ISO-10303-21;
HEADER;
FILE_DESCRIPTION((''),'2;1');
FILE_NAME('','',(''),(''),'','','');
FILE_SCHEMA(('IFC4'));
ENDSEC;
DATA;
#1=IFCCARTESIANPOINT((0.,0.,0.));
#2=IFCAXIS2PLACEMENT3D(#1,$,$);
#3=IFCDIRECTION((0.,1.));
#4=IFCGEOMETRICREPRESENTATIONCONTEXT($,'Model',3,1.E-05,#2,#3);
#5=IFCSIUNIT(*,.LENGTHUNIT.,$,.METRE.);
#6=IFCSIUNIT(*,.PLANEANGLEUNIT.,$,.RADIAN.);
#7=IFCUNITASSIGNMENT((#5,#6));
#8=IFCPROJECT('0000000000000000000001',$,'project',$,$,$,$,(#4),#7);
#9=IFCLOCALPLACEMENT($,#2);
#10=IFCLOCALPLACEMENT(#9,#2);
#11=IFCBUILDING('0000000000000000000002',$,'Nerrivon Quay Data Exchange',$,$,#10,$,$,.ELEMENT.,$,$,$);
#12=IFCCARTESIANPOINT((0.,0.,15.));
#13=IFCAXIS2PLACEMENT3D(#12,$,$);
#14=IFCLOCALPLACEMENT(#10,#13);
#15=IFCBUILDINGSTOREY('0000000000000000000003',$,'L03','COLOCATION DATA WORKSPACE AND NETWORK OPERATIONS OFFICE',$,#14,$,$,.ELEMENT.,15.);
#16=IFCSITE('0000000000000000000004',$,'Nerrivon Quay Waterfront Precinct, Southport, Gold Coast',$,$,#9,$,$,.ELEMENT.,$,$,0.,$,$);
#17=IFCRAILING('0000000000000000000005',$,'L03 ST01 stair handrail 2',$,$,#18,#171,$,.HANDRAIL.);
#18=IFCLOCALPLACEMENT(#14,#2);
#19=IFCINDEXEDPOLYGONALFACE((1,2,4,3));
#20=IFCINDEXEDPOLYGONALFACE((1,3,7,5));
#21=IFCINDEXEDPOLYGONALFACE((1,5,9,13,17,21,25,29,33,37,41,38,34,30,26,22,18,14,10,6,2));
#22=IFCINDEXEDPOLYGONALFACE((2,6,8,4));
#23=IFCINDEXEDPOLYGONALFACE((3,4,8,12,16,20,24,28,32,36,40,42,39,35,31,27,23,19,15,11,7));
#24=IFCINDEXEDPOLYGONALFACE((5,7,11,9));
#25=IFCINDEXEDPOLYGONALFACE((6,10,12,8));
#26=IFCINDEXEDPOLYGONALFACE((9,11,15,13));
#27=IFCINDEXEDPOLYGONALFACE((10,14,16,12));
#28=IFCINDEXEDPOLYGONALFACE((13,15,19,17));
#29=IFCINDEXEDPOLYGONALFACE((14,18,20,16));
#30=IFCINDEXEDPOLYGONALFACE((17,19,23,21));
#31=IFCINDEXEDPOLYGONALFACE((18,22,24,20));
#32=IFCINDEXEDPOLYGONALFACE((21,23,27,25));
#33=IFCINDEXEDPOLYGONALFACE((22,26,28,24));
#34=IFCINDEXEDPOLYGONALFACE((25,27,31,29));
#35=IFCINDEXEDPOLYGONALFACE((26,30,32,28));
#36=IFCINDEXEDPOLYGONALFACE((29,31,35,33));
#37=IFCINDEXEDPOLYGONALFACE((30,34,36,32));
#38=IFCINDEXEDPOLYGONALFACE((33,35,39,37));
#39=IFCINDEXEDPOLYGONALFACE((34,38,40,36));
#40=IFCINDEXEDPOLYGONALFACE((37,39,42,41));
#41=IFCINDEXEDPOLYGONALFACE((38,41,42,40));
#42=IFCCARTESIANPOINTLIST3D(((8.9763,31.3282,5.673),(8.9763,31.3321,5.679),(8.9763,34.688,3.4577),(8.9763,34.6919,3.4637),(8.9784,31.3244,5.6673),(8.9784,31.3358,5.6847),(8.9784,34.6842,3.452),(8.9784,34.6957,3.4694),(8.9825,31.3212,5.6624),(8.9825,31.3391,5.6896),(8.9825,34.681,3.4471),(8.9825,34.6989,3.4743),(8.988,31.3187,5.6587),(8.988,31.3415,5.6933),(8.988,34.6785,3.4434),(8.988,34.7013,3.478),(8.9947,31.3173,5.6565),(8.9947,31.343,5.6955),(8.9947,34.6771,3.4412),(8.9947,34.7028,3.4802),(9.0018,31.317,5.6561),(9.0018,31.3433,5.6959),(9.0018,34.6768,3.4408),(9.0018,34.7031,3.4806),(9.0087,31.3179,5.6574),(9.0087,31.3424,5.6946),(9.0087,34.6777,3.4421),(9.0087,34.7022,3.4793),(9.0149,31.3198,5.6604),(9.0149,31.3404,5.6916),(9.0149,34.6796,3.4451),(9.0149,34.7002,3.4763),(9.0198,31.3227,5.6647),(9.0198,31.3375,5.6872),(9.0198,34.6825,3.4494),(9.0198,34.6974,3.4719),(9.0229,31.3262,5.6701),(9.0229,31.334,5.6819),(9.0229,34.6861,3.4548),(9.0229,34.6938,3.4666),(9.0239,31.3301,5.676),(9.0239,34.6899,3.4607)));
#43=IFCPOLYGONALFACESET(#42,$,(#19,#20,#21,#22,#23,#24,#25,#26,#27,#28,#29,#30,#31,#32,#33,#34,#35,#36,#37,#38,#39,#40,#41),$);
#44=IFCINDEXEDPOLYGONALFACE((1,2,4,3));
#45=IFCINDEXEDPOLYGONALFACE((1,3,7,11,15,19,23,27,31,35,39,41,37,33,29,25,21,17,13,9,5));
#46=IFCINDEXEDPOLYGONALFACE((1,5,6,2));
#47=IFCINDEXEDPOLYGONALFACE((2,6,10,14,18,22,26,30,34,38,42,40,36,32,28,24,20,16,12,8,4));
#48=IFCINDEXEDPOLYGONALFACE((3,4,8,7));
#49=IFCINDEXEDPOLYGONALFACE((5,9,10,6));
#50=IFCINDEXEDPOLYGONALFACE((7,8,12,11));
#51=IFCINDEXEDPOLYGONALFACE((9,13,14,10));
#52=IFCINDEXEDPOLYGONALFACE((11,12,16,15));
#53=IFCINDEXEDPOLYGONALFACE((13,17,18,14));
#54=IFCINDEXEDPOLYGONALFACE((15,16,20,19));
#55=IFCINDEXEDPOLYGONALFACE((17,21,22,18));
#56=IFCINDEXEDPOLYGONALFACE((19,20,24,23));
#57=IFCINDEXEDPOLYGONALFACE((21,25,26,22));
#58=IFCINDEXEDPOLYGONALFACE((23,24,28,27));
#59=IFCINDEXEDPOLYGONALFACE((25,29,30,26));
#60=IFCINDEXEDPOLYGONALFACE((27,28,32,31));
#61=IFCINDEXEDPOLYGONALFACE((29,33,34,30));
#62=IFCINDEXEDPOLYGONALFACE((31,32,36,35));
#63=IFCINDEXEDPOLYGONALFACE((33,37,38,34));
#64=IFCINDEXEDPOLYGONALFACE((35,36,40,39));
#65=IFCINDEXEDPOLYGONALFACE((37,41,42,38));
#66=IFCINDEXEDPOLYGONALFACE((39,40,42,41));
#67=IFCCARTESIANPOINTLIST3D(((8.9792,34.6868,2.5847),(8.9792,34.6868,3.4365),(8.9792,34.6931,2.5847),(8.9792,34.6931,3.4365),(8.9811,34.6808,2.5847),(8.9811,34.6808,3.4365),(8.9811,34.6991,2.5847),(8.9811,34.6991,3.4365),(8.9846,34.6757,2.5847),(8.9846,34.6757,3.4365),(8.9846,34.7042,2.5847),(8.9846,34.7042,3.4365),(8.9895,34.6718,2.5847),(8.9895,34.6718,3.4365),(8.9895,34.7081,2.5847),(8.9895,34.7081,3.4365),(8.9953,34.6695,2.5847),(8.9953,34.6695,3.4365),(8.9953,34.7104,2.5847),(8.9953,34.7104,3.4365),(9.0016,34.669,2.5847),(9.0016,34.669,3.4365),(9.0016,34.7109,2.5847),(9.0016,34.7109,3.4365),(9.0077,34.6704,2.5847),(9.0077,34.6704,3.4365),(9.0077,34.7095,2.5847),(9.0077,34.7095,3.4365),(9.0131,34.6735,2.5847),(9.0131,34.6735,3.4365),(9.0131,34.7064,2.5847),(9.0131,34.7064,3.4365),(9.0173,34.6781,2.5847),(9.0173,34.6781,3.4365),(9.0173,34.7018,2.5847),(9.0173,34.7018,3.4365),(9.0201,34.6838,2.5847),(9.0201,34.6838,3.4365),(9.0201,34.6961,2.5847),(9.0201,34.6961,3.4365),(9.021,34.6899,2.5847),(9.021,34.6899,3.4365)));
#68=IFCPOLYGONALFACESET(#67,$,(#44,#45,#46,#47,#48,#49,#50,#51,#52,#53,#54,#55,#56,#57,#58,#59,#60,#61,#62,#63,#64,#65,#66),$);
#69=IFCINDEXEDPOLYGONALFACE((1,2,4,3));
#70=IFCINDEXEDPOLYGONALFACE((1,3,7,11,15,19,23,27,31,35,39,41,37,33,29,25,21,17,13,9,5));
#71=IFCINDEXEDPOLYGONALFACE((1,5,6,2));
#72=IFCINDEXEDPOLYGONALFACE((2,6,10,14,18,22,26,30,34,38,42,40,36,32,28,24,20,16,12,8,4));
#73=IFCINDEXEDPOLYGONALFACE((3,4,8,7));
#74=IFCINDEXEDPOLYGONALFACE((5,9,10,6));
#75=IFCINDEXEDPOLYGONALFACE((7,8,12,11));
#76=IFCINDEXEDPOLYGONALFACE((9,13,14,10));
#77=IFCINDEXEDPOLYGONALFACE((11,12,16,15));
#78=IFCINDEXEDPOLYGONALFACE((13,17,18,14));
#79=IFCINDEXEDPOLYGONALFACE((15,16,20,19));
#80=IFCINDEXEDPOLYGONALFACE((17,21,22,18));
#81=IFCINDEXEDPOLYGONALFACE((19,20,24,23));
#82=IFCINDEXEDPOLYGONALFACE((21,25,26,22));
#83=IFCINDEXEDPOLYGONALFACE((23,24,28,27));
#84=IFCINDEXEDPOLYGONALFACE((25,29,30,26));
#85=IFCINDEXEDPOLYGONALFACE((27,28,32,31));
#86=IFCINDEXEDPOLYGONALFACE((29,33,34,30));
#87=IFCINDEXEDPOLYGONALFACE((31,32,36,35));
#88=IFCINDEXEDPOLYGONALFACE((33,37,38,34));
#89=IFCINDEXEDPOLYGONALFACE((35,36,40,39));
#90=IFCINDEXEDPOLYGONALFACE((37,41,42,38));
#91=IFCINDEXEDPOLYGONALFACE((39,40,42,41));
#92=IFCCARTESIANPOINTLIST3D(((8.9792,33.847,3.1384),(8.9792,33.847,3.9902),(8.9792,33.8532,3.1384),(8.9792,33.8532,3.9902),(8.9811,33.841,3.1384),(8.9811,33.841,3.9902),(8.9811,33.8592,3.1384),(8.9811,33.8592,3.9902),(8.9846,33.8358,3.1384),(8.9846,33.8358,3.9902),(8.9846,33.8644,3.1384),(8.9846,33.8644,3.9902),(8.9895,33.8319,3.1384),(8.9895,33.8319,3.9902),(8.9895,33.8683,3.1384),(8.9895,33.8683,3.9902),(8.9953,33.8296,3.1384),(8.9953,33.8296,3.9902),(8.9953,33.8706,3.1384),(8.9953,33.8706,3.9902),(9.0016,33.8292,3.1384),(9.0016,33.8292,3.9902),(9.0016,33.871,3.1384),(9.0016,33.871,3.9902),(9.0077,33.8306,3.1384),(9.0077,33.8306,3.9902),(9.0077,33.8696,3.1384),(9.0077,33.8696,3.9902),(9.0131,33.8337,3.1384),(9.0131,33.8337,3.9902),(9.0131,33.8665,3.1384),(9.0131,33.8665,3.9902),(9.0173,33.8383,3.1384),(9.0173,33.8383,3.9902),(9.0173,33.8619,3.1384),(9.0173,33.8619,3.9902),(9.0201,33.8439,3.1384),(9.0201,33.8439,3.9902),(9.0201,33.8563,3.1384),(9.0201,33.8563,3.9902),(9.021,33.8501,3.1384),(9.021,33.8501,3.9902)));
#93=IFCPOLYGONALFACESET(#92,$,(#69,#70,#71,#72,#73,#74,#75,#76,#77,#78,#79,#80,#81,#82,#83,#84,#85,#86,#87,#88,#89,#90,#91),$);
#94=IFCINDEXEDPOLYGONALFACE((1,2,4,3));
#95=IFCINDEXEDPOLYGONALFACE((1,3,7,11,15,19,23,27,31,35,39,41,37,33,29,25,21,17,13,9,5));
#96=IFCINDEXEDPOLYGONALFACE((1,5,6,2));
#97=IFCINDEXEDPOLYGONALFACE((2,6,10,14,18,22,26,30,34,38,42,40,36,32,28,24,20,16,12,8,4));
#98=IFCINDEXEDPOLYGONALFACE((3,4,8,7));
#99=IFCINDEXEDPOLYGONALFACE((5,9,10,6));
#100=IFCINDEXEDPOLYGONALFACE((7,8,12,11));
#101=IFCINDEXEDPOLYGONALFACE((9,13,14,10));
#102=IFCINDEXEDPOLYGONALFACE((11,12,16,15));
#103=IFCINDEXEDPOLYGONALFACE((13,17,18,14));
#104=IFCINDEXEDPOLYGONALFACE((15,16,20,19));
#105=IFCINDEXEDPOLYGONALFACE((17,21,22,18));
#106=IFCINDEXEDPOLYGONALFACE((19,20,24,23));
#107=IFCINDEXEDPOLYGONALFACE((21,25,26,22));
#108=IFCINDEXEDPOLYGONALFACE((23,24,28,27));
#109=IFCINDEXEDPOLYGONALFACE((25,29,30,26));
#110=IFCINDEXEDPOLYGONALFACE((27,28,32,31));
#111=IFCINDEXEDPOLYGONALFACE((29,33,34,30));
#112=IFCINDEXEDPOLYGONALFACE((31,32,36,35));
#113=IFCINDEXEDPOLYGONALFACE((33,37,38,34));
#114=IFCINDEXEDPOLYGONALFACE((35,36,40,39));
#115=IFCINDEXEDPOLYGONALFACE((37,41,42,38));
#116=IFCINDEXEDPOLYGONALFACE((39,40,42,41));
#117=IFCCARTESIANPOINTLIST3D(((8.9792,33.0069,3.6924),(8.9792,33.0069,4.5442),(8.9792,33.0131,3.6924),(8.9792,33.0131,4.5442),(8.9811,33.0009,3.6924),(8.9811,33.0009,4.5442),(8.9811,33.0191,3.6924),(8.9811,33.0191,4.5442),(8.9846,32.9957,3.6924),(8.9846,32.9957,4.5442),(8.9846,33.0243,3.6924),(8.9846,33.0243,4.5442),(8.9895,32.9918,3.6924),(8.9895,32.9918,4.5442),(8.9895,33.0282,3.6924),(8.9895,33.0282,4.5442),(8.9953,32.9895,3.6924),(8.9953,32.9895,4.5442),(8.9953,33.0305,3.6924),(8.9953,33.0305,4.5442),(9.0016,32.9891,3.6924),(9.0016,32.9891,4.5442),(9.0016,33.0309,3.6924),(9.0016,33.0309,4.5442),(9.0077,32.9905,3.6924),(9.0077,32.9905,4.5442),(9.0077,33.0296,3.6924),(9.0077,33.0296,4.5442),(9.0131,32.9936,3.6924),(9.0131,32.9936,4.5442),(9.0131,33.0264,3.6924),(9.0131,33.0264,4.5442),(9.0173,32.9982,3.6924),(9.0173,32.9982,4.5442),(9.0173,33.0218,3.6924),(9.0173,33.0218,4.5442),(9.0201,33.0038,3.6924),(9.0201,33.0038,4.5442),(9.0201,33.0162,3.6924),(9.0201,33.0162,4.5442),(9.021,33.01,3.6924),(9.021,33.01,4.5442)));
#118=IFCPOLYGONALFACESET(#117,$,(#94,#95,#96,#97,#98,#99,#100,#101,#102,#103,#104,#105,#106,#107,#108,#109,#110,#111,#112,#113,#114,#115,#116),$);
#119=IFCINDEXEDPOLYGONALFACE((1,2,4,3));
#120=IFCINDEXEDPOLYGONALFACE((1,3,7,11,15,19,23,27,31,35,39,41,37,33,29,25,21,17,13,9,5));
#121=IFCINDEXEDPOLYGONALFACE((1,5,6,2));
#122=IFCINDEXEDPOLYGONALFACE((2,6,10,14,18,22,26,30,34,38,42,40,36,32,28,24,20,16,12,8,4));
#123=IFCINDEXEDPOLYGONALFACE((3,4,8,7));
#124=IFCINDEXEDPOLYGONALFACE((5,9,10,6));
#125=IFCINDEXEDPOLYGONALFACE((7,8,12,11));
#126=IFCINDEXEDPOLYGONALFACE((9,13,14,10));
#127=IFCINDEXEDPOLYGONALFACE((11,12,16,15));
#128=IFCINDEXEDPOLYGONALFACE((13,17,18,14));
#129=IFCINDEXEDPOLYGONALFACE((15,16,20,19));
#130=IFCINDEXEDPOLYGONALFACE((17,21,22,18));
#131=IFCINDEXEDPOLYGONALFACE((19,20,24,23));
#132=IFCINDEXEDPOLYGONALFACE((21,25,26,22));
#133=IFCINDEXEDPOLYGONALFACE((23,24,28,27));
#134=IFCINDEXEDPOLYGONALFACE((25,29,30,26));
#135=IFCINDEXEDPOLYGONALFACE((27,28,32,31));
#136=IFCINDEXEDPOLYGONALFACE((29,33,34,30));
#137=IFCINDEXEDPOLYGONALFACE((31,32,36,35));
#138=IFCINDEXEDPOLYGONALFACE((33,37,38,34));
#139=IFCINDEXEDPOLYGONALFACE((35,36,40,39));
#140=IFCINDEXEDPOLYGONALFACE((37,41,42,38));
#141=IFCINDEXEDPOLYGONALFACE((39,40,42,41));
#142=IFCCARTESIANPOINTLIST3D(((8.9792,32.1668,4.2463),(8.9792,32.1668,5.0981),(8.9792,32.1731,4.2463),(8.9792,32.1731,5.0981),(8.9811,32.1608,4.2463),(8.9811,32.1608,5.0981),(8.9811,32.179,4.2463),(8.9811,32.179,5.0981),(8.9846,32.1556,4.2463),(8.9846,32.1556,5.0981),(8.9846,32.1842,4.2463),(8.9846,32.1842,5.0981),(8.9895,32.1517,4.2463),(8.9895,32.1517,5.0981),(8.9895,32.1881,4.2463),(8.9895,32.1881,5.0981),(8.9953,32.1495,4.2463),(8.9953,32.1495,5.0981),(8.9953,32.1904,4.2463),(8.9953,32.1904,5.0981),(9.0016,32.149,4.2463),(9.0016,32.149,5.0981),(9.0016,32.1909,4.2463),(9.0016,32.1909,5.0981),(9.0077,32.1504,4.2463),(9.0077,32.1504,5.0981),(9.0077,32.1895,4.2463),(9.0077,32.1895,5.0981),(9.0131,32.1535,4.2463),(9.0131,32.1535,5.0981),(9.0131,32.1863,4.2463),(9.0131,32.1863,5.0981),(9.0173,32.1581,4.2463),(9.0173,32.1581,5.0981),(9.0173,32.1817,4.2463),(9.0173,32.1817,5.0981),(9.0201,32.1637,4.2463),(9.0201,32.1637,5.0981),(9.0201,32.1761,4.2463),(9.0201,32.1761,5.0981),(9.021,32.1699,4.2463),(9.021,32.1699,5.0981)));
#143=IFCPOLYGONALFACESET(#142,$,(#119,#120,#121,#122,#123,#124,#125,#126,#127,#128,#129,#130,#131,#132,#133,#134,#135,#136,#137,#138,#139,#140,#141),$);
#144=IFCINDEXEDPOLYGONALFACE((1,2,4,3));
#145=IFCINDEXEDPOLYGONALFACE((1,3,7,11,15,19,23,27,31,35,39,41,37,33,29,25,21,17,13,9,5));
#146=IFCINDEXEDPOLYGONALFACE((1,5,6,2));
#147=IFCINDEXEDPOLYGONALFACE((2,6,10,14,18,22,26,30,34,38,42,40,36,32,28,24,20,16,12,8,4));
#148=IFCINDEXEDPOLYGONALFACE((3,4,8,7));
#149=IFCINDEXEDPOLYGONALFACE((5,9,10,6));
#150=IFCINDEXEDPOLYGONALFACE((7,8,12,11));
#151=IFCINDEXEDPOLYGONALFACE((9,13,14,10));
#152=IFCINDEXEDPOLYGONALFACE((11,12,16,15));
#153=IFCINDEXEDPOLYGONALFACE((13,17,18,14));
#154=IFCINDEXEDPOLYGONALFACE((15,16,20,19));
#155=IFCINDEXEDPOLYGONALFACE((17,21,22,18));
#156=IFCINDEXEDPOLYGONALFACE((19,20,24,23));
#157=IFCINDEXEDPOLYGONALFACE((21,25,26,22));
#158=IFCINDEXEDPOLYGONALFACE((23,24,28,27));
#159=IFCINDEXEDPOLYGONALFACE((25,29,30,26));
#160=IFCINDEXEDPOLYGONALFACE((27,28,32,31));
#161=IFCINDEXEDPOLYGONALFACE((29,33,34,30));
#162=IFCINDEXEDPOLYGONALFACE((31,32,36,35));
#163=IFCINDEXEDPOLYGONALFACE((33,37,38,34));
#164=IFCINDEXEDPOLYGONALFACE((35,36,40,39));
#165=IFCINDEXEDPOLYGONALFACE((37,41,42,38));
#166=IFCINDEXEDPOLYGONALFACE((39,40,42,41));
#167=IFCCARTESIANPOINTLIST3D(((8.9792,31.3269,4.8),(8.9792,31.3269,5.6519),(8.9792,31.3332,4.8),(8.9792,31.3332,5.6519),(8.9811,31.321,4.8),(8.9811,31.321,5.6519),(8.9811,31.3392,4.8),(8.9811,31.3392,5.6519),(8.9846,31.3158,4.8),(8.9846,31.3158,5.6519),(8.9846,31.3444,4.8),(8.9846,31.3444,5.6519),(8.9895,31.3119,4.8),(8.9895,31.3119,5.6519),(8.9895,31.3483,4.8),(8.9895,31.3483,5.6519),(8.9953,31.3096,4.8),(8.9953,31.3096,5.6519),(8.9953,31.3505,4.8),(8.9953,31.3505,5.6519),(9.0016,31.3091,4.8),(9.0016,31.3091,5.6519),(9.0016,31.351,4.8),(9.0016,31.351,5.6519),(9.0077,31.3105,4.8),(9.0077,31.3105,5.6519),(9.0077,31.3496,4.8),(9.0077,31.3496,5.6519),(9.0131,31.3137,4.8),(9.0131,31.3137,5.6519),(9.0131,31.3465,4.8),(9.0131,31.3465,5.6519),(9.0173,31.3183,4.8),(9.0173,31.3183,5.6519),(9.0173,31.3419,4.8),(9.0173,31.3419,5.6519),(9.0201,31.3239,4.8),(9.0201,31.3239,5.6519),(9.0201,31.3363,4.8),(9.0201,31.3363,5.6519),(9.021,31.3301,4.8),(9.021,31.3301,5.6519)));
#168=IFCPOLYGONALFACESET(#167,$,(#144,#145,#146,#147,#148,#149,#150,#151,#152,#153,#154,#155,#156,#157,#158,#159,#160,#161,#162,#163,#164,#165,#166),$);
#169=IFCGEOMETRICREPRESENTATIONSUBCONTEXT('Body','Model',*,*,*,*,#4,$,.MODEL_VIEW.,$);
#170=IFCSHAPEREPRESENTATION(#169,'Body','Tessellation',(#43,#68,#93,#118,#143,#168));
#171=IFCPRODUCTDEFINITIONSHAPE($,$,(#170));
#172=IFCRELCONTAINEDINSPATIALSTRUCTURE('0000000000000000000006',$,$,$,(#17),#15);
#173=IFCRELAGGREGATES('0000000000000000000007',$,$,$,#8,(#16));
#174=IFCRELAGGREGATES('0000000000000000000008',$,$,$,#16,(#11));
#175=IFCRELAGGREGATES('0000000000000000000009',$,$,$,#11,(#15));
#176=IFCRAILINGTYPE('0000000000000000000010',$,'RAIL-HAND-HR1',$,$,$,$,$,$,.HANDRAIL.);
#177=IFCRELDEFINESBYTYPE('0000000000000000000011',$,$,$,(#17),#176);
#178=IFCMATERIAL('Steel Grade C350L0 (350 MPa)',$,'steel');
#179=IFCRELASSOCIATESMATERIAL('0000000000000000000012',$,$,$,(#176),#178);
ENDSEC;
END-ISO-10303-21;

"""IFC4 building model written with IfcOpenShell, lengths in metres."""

from ifc_helpers import new_model, si_unit, direction, frame, origin, origin_2d, place, context, subcontext, project, spatial, circle, extrude, material, type_object, element, save


model = new_model("IFC4")

# Units and contexts
model_context = context("Model", 3, precision=1e-05, world=origin(), true_north=direction((0.0, 1.0)))
body_context = subcontext(model_context, "Body", "Model", "MODEL_VIEW")
ifc_project = project(units=[si_unit("LENGTHUNIT", "METRE"), si_unit("PLANEANGLEUNIT", "RADIAN")], contexts=[model_context])

# Site, building, storey
site_placement = place(None, origin())
site = spatial("IfcSite", under=ifc_project, at=site_placement, Name="Nerrivon Quay Waterfront Precinct, Southport, Gold Coast", CompositionType="ELEMENT", RefElevation=0.0)
building_placement = place(site_placement, origin())
building = spatial("IfcBuilding", under=site, at=building_placement, Name="Nerrivon Quay Data Exchange", CompositionType="ELEMENT")
storey_placement = place(building_placement, frame((0.0, 0.0, 15.0)))
storey = spatial("IfcBuildingStorey", under=building, at=storey_placement, Name="L03", Description="COLOCATION DATA WORKSPACE AND NETWORK OPERATIONS OFFICE", CompositionType="ELEMENT", Elevation=15.0)

# Railing
ifc_material_1 = material(Name="Steel Grade C350L0 (350 MPa)", Category="steel")
railing_type = type_object("IfcRailingType", Name="RAIL-HAND-HR1", PredefinedType="HANDRAIL", material=ifc_material_1)
railing_placement = place(storey_placement, frame((9.0, 34.6899, 2.5847)))
element("IfcRailing", 1, at=railing_placement, inside=storey, type_object=railing_type, Name="L03 ST01 stair handrail 2", PredefinedType="HANDRAIL", context=body_context, shape_type="SweptSolid", body=[
    extrude(circle(Radius=0.0239, at=origin_2d()), frame((0.0, 0.0, 0.876), z_axis=(0.0, -0.834858, 0.550465), x_axis=(1.0, 0.0, 0.0)), (0.0, 0.0, 1.0), 4.0244),
    extrude(circle(Radius=0.021, at=origin_2d()), origin(), (0.0, 0.0, 1.0), 0.8518),
    extrude(circle(Radius=0.021, at=origin_2d()), frame((0.0, -0.8398, 0.5537)), (0.0, 0.0, 1.0), 0.8518),
    extrude(circle(Radius=0.021, at=origin_2d()), frame((0.0, -1.6799, 1.1077)), (0.0, 0.0, 1.0), 0.8518),
    extrude(circle(Radius=0.021, at=origin_2d()), frame((0.0, -2.52, 1.6616)), (0.0, 0.0, 1.0), 0.8518),
    extrude(circle(Radius=0.021, at=origin_2d()), frame((0.0, -3.3599, 2.2153)), (0.0, 0.0, 1.0), 0.8518),
])

save(model, "model.ifc")
